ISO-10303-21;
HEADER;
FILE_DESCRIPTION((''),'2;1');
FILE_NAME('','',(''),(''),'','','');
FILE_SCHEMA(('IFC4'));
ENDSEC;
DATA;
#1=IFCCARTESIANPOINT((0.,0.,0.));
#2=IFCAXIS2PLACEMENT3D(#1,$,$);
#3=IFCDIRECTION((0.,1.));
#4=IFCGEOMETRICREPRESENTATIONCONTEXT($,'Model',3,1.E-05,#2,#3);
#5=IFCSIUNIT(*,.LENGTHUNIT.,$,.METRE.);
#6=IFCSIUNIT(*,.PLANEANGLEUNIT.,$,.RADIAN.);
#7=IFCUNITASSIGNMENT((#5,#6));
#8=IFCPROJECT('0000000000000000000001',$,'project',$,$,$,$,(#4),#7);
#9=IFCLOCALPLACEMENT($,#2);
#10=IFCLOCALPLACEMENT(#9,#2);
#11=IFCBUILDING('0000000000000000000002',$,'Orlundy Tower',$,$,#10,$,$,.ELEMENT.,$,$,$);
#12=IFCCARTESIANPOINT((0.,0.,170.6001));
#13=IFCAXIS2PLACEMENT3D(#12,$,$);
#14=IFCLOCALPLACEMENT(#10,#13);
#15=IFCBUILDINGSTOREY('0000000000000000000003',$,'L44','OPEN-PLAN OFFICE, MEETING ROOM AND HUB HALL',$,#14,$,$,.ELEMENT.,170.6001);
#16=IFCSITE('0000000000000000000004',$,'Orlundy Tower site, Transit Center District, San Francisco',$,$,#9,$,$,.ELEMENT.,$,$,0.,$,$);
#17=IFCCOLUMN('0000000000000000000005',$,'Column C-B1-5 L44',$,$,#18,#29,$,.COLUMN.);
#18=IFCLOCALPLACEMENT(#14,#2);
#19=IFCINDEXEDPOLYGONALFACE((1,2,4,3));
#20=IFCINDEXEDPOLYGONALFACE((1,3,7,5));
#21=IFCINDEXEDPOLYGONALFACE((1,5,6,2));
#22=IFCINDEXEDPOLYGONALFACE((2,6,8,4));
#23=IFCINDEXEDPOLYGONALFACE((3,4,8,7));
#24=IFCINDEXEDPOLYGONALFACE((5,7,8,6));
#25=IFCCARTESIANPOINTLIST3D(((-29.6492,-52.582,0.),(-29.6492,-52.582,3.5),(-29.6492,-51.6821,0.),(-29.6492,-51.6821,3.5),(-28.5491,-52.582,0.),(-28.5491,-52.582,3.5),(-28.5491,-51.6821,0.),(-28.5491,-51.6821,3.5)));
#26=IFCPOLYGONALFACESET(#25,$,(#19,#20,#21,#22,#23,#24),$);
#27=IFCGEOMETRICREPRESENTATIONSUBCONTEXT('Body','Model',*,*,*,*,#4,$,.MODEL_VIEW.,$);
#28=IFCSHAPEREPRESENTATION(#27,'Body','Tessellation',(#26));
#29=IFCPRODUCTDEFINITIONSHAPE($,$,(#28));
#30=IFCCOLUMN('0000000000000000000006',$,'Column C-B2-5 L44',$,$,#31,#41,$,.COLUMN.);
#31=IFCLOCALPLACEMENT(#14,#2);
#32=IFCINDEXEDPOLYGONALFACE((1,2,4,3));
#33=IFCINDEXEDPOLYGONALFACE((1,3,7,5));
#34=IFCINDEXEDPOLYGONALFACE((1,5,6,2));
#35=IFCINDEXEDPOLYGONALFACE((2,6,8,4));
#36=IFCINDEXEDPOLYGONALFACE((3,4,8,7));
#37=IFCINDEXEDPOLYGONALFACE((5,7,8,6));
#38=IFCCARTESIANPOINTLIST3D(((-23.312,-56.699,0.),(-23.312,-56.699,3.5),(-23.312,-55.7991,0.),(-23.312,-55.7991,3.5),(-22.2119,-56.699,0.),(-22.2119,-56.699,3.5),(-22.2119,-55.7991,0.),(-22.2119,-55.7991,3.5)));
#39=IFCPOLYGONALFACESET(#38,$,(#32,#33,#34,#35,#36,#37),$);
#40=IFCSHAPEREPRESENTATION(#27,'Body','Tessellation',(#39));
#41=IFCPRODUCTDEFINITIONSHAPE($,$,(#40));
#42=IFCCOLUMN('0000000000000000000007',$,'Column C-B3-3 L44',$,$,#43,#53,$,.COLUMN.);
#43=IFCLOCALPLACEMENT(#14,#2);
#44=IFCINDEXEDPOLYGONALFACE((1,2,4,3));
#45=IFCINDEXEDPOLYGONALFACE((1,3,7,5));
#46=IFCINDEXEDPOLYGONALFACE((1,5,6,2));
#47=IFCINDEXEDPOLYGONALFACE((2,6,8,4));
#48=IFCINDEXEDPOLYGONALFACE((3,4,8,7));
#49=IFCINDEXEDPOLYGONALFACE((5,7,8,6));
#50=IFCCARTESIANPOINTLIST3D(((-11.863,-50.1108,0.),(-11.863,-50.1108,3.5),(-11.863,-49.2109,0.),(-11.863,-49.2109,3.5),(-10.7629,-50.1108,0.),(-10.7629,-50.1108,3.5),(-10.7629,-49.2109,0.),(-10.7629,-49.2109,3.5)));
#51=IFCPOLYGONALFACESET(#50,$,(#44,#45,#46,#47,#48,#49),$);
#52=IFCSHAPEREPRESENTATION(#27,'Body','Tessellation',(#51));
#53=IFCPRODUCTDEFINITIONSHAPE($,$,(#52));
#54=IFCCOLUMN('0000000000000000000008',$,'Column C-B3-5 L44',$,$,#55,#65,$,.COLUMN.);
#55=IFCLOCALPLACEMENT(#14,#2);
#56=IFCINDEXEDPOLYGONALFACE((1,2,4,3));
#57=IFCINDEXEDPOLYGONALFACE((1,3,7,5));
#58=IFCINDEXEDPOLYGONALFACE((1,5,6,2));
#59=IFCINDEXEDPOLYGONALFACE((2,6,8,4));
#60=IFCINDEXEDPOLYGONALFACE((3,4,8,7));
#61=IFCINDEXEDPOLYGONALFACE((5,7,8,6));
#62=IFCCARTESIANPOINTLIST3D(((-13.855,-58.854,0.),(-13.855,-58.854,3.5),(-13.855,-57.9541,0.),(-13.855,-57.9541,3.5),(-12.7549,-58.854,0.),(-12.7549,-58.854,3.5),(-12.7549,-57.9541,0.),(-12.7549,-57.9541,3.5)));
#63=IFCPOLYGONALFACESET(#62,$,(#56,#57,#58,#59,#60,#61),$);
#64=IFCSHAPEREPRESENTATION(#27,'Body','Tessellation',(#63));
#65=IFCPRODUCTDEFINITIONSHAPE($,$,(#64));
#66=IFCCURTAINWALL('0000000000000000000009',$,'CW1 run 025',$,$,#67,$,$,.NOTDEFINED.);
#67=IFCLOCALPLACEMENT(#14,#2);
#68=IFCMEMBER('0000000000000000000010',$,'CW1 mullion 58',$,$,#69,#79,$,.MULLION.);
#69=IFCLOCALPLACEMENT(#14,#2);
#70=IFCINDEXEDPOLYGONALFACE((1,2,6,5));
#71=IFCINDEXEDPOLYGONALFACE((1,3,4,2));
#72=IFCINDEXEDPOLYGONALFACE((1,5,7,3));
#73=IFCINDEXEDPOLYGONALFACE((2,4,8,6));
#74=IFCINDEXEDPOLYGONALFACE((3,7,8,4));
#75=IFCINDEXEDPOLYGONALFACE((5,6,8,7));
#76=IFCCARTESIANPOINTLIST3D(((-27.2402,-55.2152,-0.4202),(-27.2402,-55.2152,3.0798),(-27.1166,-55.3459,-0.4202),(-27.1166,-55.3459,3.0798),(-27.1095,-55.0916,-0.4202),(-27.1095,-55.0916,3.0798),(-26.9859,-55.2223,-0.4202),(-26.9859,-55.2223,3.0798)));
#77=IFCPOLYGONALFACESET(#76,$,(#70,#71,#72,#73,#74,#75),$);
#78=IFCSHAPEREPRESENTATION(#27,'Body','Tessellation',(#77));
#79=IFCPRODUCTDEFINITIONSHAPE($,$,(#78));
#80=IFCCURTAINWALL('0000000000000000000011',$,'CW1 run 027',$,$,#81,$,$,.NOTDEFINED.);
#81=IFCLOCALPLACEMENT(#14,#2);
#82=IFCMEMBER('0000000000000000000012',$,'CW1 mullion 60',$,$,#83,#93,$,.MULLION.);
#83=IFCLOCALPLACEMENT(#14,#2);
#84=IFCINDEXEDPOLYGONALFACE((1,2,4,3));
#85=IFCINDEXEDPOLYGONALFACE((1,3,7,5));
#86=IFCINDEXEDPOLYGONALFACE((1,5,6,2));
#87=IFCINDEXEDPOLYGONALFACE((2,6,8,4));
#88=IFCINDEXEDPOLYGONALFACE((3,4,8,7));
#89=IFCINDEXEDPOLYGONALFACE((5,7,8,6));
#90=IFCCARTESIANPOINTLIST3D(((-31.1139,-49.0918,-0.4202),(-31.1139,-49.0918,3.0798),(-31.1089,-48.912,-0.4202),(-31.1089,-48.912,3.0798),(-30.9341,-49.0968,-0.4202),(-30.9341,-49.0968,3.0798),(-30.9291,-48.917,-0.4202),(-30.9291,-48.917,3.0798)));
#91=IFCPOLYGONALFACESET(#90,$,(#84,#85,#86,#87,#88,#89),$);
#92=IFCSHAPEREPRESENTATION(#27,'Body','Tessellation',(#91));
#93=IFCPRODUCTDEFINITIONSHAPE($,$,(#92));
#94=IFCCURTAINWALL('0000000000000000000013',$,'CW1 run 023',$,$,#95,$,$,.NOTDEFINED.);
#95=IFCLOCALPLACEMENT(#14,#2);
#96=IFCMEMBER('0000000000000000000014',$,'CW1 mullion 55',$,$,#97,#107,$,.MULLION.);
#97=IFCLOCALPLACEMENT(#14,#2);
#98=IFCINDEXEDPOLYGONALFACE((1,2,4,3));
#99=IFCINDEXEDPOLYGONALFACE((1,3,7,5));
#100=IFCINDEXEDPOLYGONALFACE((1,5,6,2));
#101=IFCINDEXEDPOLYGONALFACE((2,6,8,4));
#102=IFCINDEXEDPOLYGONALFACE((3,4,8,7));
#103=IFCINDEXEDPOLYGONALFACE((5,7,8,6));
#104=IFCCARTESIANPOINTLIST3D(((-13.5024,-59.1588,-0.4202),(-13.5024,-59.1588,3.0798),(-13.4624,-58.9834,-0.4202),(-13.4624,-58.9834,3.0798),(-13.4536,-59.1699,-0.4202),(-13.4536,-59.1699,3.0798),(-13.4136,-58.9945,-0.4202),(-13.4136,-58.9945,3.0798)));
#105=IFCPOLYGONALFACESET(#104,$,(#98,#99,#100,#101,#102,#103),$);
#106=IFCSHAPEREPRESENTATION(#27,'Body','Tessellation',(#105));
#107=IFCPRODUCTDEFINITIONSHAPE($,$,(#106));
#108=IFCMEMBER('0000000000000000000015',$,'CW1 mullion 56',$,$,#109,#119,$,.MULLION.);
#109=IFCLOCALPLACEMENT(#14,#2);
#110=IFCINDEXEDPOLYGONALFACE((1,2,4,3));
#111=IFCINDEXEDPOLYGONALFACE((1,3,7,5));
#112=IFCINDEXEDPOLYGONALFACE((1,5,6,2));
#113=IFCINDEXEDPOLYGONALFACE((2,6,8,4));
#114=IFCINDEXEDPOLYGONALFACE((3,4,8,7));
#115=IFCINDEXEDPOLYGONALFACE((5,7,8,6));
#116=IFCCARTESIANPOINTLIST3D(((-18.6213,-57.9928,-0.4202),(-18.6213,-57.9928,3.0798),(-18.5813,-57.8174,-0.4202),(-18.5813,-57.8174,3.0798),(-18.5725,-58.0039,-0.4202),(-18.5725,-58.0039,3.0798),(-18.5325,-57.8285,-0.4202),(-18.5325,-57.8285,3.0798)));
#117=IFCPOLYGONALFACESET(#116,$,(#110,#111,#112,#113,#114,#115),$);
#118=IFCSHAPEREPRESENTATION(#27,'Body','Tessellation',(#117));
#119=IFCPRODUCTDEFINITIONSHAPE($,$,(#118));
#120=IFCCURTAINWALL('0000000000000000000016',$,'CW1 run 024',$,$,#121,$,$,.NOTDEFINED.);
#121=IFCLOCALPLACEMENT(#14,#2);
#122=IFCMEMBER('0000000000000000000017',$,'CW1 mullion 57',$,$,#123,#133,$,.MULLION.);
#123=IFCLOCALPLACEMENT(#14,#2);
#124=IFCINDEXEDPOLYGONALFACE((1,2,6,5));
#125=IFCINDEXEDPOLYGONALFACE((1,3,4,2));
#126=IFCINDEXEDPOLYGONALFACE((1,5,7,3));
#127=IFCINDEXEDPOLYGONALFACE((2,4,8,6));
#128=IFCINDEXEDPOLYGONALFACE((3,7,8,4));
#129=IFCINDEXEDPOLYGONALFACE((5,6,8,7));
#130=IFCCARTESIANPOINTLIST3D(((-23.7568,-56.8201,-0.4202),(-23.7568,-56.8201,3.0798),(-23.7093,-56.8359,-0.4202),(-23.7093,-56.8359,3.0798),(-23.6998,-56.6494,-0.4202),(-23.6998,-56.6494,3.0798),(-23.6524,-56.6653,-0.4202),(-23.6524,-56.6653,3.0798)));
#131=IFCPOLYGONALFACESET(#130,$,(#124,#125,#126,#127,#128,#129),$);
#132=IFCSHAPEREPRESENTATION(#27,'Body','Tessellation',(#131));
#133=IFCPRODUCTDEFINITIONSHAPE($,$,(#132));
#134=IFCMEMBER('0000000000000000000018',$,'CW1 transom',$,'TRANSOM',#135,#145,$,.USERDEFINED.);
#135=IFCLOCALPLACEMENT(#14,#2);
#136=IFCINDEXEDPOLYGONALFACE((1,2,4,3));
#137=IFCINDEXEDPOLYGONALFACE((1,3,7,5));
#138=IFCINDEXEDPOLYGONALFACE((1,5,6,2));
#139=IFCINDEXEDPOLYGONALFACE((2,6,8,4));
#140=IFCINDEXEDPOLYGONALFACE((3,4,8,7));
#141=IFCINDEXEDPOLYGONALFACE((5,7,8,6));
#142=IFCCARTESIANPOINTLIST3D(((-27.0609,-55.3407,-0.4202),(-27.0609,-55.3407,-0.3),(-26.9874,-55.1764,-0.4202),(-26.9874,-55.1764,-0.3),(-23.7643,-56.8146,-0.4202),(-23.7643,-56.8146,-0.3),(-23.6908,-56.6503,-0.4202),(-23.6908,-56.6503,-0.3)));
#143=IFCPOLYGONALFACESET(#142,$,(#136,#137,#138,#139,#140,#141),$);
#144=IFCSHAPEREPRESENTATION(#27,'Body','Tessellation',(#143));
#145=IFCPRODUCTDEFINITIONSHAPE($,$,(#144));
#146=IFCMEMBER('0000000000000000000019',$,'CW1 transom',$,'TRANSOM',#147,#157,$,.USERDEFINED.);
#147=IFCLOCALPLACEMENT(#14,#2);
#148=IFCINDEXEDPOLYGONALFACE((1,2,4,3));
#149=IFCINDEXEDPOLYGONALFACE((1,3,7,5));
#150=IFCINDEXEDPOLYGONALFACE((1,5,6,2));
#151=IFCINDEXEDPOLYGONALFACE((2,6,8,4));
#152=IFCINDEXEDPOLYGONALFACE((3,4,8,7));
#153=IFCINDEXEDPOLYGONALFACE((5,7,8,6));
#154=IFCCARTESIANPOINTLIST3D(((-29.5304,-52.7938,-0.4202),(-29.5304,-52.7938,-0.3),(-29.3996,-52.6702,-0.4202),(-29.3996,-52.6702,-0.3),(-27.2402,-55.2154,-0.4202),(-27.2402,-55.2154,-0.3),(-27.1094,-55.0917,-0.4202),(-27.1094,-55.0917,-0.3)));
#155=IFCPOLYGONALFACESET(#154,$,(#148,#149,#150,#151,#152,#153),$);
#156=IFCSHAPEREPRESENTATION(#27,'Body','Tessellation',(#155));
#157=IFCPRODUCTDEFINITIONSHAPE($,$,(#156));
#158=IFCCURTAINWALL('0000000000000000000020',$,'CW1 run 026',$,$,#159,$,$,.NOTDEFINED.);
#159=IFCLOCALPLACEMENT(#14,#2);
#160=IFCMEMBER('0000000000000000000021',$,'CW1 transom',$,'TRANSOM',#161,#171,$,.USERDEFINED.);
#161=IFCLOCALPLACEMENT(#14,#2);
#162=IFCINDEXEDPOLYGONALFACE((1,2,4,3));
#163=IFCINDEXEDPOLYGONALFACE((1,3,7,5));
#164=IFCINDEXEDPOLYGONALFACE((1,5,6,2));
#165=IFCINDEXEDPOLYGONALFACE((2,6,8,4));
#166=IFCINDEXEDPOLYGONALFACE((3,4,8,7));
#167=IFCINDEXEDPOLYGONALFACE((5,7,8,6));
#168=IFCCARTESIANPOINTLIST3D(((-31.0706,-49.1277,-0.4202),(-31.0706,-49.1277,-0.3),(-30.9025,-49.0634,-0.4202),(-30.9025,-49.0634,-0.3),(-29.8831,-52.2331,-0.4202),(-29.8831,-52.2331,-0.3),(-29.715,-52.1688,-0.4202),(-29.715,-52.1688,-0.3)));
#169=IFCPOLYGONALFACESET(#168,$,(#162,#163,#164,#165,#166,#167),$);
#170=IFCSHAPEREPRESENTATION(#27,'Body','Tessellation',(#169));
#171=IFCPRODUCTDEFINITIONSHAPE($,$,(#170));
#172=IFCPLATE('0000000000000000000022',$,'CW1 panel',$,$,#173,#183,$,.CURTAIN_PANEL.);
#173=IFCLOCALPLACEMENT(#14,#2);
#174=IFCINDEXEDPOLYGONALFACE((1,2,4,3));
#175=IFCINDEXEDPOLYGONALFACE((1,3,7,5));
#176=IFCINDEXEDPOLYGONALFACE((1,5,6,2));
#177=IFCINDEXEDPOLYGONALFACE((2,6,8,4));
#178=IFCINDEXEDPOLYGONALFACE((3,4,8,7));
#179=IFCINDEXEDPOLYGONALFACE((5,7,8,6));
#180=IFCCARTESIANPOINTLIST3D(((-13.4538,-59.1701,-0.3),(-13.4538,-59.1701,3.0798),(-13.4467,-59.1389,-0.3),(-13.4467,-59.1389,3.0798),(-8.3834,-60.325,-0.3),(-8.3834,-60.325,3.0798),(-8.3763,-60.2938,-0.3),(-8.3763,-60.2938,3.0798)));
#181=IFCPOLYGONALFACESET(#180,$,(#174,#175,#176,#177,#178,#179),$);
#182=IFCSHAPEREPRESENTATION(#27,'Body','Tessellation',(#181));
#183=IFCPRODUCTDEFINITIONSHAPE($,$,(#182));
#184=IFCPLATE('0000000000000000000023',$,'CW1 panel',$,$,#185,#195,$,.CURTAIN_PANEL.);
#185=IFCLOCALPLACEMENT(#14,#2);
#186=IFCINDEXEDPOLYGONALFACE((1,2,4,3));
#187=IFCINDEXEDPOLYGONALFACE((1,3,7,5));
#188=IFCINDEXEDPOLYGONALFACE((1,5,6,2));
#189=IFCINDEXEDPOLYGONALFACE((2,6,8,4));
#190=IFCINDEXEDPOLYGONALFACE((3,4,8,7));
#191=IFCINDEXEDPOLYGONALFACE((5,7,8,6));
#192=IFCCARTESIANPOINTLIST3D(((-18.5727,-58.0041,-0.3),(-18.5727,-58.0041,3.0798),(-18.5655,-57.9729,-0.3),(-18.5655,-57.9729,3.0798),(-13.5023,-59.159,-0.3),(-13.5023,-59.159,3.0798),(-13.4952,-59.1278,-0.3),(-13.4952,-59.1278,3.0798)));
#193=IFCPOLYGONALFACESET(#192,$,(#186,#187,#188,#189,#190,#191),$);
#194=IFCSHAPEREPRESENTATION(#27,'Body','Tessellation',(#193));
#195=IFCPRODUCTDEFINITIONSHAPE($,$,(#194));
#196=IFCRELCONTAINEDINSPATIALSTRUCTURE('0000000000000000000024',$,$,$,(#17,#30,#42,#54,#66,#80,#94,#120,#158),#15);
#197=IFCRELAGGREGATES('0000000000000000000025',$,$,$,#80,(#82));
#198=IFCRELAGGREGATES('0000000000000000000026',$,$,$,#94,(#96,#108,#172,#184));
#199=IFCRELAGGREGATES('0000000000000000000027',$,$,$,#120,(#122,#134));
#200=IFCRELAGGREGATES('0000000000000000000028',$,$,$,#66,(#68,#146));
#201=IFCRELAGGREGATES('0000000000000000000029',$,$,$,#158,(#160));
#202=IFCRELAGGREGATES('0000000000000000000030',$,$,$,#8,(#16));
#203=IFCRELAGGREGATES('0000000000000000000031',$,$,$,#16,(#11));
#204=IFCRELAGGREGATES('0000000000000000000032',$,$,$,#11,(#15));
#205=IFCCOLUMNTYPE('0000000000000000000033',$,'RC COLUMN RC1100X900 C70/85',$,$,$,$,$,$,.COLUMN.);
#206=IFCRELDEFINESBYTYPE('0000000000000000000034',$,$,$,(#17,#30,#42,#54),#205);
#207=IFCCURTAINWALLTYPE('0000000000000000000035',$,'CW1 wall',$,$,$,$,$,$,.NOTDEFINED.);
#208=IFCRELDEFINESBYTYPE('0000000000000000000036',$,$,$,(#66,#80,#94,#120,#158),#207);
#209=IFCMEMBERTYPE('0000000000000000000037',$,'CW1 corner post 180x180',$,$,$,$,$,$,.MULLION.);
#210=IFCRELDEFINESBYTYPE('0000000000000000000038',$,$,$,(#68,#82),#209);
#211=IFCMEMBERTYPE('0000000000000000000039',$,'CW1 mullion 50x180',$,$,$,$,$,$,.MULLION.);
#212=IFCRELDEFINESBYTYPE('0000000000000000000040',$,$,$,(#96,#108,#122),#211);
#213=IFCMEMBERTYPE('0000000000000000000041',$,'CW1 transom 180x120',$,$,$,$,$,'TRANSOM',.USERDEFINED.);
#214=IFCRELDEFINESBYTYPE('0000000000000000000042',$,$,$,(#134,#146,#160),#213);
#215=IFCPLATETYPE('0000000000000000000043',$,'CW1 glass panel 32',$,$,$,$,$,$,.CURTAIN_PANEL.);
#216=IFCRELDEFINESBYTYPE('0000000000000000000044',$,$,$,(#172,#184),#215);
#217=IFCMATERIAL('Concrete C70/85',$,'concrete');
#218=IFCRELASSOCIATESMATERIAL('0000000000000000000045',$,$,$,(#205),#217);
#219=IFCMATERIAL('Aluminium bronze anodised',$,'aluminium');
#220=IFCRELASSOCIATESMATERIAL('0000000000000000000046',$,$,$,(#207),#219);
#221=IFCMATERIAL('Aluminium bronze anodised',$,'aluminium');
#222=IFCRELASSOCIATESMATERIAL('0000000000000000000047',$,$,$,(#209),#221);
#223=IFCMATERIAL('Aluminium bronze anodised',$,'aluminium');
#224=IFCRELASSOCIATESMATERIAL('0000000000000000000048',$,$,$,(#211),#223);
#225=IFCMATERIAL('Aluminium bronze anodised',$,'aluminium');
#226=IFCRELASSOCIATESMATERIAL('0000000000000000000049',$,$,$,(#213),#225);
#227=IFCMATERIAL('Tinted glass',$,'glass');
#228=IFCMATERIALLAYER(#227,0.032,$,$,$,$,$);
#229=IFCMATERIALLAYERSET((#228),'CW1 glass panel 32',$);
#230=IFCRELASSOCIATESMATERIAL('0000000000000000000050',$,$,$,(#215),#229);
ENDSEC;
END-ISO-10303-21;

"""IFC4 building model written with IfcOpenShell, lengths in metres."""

from ifc_helpers import new_model, si_unit, direction, frame, origin, origin_2d, place, context, subcontext, project, spatial, rectangle, extrude, material, layer, layer_set, material_profile, profile_set, type_object, element, aggregate, save


model = new_model("IFC4")

# Units and contexts
model_context = context("Model", 3, precision=1e-05, world=origin(), true_north=direction((0.0, 1.0)))
body_context = subcontext(model_context, "Body", "Model", "MODEL_VIEW")
ifc_project = project(units=[si_unit("LENGTHUNIT", "METRE"), si_unit("PLANEANGLEUNIT", "RADIAN")], contexts=[model_context])

# Site, building, storey
site_placement = place(None, origin())
site = spatial("IfcSite", under=ifc_project, at=site_placement, Name="Orlundy Tower site, Transit Center District, San Francisco", CompositionType="ELEMENT", RefElevation=0.0)
building_placement = place(site_placement, origin())
building = spatial("IfcBuilding", under=site, at=building_placement, Name="Orlundy Tower", CompositionType="ELEMENT")
storey_placement = place(building_placement, frame((0.0, 0.0, 170.6001)))
storey = spatial("IfcBuildingStorey", under=building, at=storey_placement, Name="L44", Description="OPEN-PLAN OFFICE, MEETING ROOM AND HUB HALL", CompositionType="ELEMENT", Elevation=170.6001)

# Columns
ifc_material_1 = material(Name="Concrete C70/85", Category="concrete")
ifc_material_profile_1 = material_profile(ifc_material_1, rectangle(XDim=1.1001, YDim=0.8999, at=origin_2d()), Name="RC1100X900")
ifc_profile_set_1 = profile_set([ifc_material_profile_1], Name="Concrete C70/85")
column_type = type_object("IfcColumnType", Name="RC COLUMN RC1100X900 C70/85", PredefinedType="COLUMN", material=ifc_profile_set_1)
for number, where, z_axis, x_axis, name in (
    (1, (-29.0991, -52.1321, 0.0), (0.0, 0.0, 1.0), (1.0, 0.0, 0.0), "Column C-B1-5 L44"),
    (2, (-22.762, -56.249, 0.0), (0.0, 0.0, 1.0), (1.0, 0.0, 0.0), "Column C-B2-5 L44"),
    (3, (-11.313, -49.6609, 0.0), (0.0, 0.0, 1.0), (1.0, 0.0, 0.0), "Column C-B3-3 L44"),
    (4, (-13.3049, -58.4041, 0.0), (0.0, 0.0, 1.0), (1.0, 0.0, 0.0), "Column C-B3-5 L44"),
):
    element("IfcColumn", number, at=place(storey_placement, frame(where, z_axis=z_axis, x_axis=x_axis)), inside=storey, type_object=column_type, Name=name, PredefinedType="COLUMN", context=body_context, shape_type="SweptSolid", body=[
        extrude(rectangle(XDim=1.1001, YDim=0.8999, at=origin_2d()), origin(), (0.0, 0.0, 1.0), 3.5),
    ])

# Curtain walls, members
ifc_material_2 = material(Name="Aluminium bronze anodised", Category="aluminium")
curtain_wall_type = type_object("IfcCurtainWallType", Name="CW1 wall", PredefinedType="NOTDEFINED", material=ifc_material_2)
curtain_wall_1_placement = place(storey_placement, origin())
curtain_wall_1 = element("IfcCurtainWall", 5, at=curtain_wall_1_placement, inside=storey, type_object=curtain_wall_type, Name="CW1 run 025", PredefinedType="NOTDEFINED")
ifc_material_3 = material(Name="Aluminium bronze anodised", Category="aluminium")
ifc_material_profile_2 = material_profile(ifc_material_3, rectangle(XDim=0.1799, YDim=0.1799, at=origin_2d()), Name="CW1 corner post 180x180")
ifc_profile_set_2 = profile_set([ifc_material_profile_2], Name="Aluminium bronze anodised")
member_type_1 = type_object("IfcMemberType", Name="CW1 corner post 180x180", PredefinedType="MULLION", material=ifc_profile_set_2)
member_1_placement = place(storey_placement, frame((-27.113, -55.2188, -0.4202), z_axis=(0.0, 0.0, 1.0), x_axis=(-0.726527, -0.687138, 0.0)))
member_1 = element("IfcMember", 6, at=member_1_placement, type_object=member_type_1, Name="CW1 mullion 58", PredefinedType="MULLION", context=body_context, shape_type="SweptSolid", body=[
    extrude(rectangle(XDim=0.1799, YDim=0.1799, at=origin_2d()), origin(), (0.0, 0.0, 1.0), 3.5),
])
curtain_wall_2_placement = place(storey_placement, origin())
curtain_wall_2 = element("IfcCurtainWall", 7, at=curtain_wall_2_placement, inside=storey, type_object=curtain_wall_type, Name="CW1 run 027", PredefinedType="NOTDEFINED")
member_2_placement = place(storey_placement, frame((-31.0215, -49.0044, -0.4202), z_axis=(0.0, 0.0, 1.0), x_axis=(-0.999614, 0.02779, 0.0)))
member_2 = element("IfcMember", 8, at=member_2_placement, type_object=member_type_1, Name="CW1 mullion 60", PredefinedType="MULLION", context=body_context, shape_type="SweptSolid", body=[
    extrude(rectangle(XDim=0.1799, YDim=0.1799, at=origin_2d()), origin(), (0.0, 0.0, 1.0), 3.5),
])
aggregate(curtain_wall_2, [member_2])

# Curtain walls, members
curtain_wall_3_placement = place(storey_placement, origin())
curtain_wall_3 = element("IfcCurtainWall", 9, at=curtain_wall_3_placement, inside=storey, type_object=curtain_wall_type, Name="CW1 run 023", PredefinedType="NOTDEFINED")
ifc_material_4 = material(Name="Aluminium bronze anodised", Category="aluminium")
ifc_material_profile_3 = material_profile(ifc_material_4, rectangle(XDim=0.1799, YDim=0.05, at=origin_2d()), Name="CW1 mullion 50x180")
ifc_profile_set_3 = profile_set([ifc_material_profile_3], Name="Aluminium bronze anodised")
member_type_2 = type_object("IfcMemberType", Name="CW1 mullion 50x180", PredefinedType="MULLION", material=ifc_profile_set_3)
member_3_placement = place(storey_placement, frame((-13.458, -59.0767, -0.4202), z_axis=(0.0, 0.0, 1.0), x_axis=(-0.22209, -0.975026, 0.0)))
member_3 = element("IfcMember", 10, at=member_3_placement, type_object=member_type_2, Name="CW1 mullion 55", PredefinedType="MULLION", context=body_context, shape_type="SweptSolid", body=[
    extrude(rectangle(XDim=0.1799, YDim=0.05, at=origin_2d()), origin(), (0.0, 0.0, 1.0), 3.5),
])
member_4_placement = place(storey_placement, frame((-18.5769, -57.9106, -0.4202), z_axis=(0.0, 0.0, 1.0), x_axis=(-0.22209, -0.975026, 0.0)))
member_4 = element("IfcMember", 11, at=member_4_placement, type_object=member_type_2, Name="CW1 mullion 56", PredefinedType="MULLION", context=body_context, shape_type="SweptSolid", body=[
    extrude(rectangle(XDim=0.1799, YDim=0.05, at=origin_2d()), origin(), (0.0, 0.0, 1.0), 3.5),
])
curtain_wall_4_placement = place(storey_placement, origin())
curtain_wall_4 = element("IfcCurtainWall", 12, at=curtain_wall_4_placement, inside=storey, type_object=curtain_wall_type, Name="CW1 run 024", PredefinedType="NOTDEFINED")
member_5_placement = place(storey_placement, frame((-23.7046, -56.7427, -0.4202), z_axis=(0.0, 0.0, 1.0), x_axis=(-0.316655, -0.948541, 0.0)))
member_5 = element("IfcMember", 13, at=member_5_placement, type_object=member_type_2, Name="CW1 mullion 57", PredefinedType="MULLION", context=body_context, shape_type="SweptSolid", body=[
    extrude(rectangle(XDim=0.1799, YDim=0.05, at=origin_2d()), origin(), (0.0, 0.0, 1.0), 3.5),
])
ifc_material_5 = material(Name="Aluminium bronze anodised", Category="aluminium")
ifc_material_profile_4 = material_profile(ifc_material_5, rectangle(XDim=0.1799, YDim=0.1201, at=origin_2d()), Name="CW1 transom 180x120")
ifc_profile_set_4 = profile_set([ifc_material_profile_4], Name="Aluminium bronze anodised")
member_type_3 = type_object("IfcMemberType", Name="CW1 transom 180x120", ElementType="TRANSOM", PredefinedType="USERDEFINED", material=ifc_profile_set_4)
member_6_placement = place(storey_placement, frame((-23.7275, -56.7324, -0.3601), z_axis=(-0.912914, 0.408151, 0.0), x_axis=(-0.408151, -0.912914, 0.0)))
member_6 = element("IfcMember", 14, at=member_6_placement, type_object=member_type_3, Name="CW1 transom", ObjectType="TRANSOM", PredefinedType="USERDEFINED", context=body_context, shape_type="SweptSolid", body=[
    extrude(rectangle(XDim=0.1799, YDim=0.1201, at=origin_2d()), origin(), (0.0, 0.0, 1.0), 3.6111),
])

# Member
member_7_placement = place(storey_placement, frame((-27.1748, -55.1536, -0.3601), z_axis=(-0.687129, 0.726536, 0.0), x_axis=(-0.726536, -0.687129, 0.0)))
member_7 = element("IfcMember", 15, at=member_7_placement, type_object=member_type_3, Name="CW1 transom", ObjectType="TRANSOM", PredefinedType="USERDEFINED", context=body_context, shape_type="SweptSolid", body=[
    extrude(rectangle(XDim=0.1799, YDim=0.1201, at=origin_2d()), origin(), (0.0, 0.0, 1.0), 3.333),
])

# Curtain wall, member
curtain_wall_5_placement = place(storey_placement, origin())
curtain_wall_5 = element("IfcCurtainWall", 16, at=curtain_wall_5_placement, inside=storey, type_object=curtain_wall_type, Name="CW1 run 026", PredefinedType="NOTDEFINED")
member_8_placement = place(storey_placement, frame((-29.7991, -52.2009, -0.3601), z_axis=(-0.357168, 0.93404, 0.0), x_axis=(-0.93404, -0.357168, 0.0)))
member_8 = element("IfcMember", 17, at=member_8_placement, type_object=member_type_3, Name="CW1 transom", ObjectType="TRANSOM", PredefinedType="USERDEFINED", context=body_context, shape_type="SweptSolid", body=[
    extrude(rectangle(XDim=0.1799, YDim=0.1201, at=origin_2d()), origin(), (0.0, 0.0, 1.0), 3.3247),
])

# Plates
ifc_material_6 = material(Name="Tinted glass", Category="glass")
ifc_layer_1 = layer(ifc_material_6, 0.032)
ifc_layer_set_1 = layer_set([ifc_layer_1], Name="CW1 glass panel 32")
plate_type = type_object("IfcPlateType", Name="CW1 glass panel 32", PredefinedType="CURTAIN_PANEL", material=ifc_layer_set_1)
plate_1_placement = place(storey_placement, frame((-10.915, -59.7319, -0.3), z_axis=(0.0, 0.0, 1.0), x_axis=(-0.975026, 0.22209, 0.0)))
plate_1 = element("IfcPlate", 18, at=plate_1_placement, type_object=plate_type, Name="CW1 panel", PredefinedType="CURTAIN_PANEL", context=body_context, shape_type="SweptSolid", body=[
    extrude(rectangle(XDim=5.2002, YDim=0.032, at=origin_2d()), origin(), (0.0, 0.0, 1.0), 3.3799),
])
plate_2_placement = place(storey_placement, frame((-16.0339, -58.5659, -0.3), z_axis=(0.0, 0.0, 1.0), x_axis=(-0.975026, 0.22209, 0.0)))
plate_2 = element("IfcPlate", 19, at=plate_2_placement, type_object=plate_type, Name="CW1 panel", PredefinedType="CURTAIN_PANEL", context=body_context, shape_type="SweptSolid", body=[
    extrude(rectangle(XDim=5.2002, YDim=0.032, at=origin_2d()), origin(), (0.0, 0.0, 1.0), 3.3799),
])
aggregate(curtain_wall_3, [member_3, member_4, plate_1, plate_2])
aggregate(curtain_wall_4, [member_5, member_6])
aggregate(curtain_wall_1, [member_1, member_7])
aggregate(curtain_wall_5, [member_8])

save(model, "model.ifc")
